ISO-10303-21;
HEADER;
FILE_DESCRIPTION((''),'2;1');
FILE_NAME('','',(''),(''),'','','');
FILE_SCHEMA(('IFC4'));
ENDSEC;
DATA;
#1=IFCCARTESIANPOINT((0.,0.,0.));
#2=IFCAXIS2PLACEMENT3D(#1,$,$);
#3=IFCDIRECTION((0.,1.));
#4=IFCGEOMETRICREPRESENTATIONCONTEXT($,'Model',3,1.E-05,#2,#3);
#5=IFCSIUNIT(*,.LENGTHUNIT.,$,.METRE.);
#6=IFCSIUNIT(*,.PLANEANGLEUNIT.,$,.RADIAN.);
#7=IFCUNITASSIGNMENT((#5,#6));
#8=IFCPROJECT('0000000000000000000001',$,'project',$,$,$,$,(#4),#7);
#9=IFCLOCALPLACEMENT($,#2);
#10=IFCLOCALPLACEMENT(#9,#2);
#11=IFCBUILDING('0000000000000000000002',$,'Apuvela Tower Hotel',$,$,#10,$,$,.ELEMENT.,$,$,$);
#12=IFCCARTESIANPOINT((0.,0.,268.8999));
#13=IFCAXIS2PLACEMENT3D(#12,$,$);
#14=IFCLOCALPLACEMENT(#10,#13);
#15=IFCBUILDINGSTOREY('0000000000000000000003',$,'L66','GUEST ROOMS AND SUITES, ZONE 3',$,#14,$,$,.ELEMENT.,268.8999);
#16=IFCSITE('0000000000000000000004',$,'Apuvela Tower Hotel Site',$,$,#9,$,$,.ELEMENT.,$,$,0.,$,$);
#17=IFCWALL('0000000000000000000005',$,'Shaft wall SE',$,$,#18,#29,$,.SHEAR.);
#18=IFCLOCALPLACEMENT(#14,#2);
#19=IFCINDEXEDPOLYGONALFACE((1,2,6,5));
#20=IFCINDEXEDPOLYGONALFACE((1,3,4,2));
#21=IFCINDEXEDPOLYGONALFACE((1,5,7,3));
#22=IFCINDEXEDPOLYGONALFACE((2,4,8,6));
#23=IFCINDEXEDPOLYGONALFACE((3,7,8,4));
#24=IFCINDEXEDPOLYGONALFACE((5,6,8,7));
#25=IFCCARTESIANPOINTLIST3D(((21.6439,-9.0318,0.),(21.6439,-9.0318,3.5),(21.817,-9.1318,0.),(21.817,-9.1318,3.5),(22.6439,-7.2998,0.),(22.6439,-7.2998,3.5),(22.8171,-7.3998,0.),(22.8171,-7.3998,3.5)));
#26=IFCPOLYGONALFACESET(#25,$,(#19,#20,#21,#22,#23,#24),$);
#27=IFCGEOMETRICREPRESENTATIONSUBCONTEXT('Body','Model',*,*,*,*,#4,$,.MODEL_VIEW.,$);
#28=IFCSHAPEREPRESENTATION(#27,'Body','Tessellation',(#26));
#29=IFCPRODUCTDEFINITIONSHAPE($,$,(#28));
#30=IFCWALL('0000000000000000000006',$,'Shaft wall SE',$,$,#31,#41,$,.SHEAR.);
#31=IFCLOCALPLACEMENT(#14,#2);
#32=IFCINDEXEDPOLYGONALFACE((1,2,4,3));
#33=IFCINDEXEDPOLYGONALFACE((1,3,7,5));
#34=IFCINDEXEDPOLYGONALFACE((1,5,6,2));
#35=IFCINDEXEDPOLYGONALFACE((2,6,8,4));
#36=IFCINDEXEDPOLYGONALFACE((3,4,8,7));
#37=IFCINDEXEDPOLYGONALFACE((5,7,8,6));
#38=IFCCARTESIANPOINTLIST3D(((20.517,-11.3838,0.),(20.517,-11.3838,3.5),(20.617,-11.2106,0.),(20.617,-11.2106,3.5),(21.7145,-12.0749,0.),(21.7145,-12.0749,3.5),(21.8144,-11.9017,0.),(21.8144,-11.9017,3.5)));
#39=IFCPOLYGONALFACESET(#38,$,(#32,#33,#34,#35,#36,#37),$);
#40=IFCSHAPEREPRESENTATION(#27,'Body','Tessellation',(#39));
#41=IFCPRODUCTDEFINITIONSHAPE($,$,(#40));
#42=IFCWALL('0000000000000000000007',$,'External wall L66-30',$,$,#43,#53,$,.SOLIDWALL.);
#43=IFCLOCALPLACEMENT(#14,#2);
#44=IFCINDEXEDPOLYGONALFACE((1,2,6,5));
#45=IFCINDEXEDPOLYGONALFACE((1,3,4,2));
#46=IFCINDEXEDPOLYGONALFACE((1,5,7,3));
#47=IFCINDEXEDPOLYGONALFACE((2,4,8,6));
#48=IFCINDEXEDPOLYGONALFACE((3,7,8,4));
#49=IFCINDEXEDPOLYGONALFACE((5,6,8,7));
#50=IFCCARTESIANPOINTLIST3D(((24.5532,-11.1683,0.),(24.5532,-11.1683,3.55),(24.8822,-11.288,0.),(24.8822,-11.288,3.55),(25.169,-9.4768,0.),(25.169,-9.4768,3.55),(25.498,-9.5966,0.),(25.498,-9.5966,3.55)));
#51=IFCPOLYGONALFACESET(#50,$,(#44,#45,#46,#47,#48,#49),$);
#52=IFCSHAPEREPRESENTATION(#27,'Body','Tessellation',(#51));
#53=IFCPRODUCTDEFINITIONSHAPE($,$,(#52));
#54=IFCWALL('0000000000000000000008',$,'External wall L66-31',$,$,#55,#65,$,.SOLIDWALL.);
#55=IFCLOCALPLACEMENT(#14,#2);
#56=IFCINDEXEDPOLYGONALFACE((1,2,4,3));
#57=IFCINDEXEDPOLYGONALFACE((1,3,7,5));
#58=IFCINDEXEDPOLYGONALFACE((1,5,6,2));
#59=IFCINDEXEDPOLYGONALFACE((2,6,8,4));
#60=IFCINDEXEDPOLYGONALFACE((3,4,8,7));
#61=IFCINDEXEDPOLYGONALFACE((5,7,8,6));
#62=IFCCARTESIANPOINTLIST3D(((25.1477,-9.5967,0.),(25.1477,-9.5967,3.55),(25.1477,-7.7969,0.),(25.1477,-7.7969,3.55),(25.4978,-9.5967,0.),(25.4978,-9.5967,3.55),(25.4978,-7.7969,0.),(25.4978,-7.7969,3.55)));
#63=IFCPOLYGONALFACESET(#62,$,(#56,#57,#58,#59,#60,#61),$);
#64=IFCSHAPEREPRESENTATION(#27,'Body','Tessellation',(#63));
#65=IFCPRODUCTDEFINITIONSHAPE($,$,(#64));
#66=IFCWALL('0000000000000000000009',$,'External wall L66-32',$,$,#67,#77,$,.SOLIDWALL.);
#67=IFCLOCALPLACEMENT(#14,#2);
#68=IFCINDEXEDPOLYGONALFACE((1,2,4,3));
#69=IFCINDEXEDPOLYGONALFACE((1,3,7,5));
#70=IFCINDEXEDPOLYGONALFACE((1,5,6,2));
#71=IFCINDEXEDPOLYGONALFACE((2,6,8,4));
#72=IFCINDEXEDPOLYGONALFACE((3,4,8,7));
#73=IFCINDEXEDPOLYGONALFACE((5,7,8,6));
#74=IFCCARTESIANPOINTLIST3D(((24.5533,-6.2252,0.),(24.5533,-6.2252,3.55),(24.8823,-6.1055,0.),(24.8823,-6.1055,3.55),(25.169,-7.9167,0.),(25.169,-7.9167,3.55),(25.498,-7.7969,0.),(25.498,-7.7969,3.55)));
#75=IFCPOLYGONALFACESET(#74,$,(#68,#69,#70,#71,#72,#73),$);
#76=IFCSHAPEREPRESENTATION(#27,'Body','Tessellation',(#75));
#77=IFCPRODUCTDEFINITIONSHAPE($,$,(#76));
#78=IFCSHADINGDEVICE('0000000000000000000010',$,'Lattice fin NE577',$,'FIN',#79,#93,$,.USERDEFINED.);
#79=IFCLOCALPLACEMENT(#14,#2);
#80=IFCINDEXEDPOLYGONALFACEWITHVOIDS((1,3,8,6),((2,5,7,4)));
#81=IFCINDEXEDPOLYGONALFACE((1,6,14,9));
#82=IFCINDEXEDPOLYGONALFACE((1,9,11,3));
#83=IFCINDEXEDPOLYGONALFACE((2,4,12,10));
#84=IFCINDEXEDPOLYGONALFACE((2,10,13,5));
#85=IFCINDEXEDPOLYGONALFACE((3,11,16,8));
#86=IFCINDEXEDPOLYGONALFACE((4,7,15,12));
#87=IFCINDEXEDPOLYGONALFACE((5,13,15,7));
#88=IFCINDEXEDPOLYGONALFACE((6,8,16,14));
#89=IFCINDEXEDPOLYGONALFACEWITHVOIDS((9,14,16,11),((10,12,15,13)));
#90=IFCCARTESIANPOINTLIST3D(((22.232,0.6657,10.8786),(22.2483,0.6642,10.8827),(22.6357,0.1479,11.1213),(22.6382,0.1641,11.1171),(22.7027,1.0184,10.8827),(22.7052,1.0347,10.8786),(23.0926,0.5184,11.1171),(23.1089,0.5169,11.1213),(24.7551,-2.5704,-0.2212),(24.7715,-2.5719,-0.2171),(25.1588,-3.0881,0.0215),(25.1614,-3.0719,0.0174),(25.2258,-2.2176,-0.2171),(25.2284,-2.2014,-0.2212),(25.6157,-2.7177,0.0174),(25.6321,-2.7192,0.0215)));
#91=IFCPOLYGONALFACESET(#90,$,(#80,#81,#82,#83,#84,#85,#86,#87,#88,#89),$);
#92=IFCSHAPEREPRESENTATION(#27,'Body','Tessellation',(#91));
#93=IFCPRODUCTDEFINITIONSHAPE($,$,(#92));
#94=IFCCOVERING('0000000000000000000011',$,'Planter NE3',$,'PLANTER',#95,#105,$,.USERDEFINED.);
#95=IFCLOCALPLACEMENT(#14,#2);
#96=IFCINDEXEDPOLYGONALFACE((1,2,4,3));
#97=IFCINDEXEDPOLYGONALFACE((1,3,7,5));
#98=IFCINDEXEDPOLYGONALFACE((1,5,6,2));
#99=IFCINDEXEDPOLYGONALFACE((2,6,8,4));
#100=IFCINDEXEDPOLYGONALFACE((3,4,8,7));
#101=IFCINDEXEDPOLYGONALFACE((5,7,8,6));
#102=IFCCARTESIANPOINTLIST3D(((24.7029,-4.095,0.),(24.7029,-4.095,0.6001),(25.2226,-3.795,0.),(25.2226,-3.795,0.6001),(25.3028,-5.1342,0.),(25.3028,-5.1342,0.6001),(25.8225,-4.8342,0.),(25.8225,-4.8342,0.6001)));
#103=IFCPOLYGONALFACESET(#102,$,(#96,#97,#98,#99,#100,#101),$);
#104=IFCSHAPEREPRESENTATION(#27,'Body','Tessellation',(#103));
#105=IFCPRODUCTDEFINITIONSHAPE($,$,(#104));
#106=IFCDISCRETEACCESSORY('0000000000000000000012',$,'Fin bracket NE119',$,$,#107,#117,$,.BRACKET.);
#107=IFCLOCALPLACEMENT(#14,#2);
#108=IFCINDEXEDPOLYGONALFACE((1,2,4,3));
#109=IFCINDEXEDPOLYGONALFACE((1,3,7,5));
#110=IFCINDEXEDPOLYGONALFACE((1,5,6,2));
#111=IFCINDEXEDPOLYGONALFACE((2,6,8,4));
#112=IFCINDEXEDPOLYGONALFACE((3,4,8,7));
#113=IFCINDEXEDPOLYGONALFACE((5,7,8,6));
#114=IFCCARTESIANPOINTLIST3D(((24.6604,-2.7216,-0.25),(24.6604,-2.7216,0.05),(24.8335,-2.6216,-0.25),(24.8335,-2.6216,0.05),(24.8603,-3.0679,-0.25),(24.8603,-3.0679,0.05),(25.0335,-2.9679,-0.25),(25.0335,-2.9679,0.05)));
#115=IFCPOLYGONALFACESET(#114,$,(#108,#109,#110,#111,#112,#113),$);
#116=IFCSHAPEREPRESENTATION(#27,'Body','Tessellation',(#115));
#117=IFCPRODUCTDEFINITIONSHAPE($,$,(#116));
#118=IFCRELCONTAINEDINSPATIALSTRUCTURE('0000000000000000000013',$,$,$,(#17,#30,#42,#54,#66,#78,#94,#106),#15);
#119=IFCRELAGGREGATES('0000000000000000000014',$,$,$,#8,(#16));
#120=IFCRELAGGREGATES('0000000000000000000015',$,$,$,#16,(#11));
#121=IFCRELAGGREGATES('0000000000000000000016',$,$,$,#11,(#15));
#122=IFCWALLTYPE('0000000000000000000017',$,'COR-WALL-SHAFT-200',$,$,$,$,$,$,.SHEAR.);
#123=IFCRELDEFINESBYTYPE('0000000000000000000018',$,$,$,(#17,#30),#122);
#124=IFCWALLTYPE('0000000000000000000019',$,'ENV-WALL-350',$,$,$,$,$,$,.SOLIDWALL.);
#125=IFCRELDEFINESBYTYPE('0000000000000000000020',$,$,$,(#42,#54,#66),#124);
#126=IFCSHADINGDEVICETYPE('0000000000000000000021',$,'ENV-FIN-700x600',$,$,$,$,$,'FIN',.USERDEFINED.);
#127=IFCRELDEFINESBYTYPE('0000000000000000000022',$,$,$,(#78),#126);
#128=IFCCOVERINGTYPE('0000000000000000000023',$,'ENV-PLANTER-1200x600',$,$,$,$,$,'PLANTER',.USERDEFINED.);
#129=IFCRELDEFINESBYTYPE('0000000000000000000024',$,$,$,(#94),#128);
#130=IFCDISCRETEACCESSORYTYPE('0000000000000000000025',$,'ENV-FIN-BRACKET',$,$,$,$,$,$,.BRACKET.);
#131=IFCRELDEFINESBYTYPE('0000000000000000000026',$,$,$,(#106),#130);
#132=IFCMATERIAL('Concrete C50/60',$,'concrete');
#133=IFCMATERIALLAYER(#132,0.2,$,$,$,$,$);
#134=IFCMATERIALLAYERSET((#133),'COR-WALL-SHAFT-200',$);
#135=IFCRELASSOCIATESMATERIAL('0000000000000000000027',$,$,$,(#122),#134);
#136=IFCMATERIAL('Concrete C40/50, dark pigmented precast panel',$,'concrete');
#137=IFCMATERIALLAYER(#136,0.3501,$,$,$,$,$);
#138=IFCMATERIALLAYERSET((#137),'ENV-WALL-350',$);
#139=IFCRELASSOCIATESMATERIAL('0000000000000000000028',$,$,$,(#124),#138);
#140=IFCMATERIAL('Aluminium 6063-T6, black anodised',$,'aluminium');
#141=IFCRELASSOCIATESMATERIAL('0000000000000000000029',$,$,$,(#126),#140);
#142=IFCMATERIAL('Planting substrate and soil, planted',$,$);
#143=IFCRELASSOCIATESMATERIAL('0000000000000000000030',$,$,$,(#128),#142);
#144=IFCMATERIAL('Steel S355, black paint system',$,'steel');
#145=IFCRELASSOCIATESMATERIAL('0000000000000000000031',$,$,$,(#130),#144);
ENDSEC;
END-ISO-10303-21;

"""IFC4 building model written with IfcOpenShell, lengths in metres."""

from ifc_helpers import new_model, si_unit, direction, frame, frame_2d, origin, origin_2d, place, context, subcontext, project, spatial, rectangle, hollow_rectangle, extrude, material, layer, layer_set, material_profile, profile_set, type_object, element, save


model = new_model("IFC4")

# Units and contexts
model_context = context("Model", 3, precision=1e-05, world=origin(), true_north=direction((0.0, 1.0)))
body_context = subcontext(model_context, "Body", "Model", "MODEL_VIEW")
ifc_project = project(units=[si_unit("LENGTHUNIT", "METRE"), si_unit("PLANEANGLEUNIT", "RADIAN")], contexts=[model_context])

# Site, building, storey
site_placement = place(None, origin())
site = spatial("IfcSite", under=ifc_project, at=site_placement, Name="Apuvela Tower Hotel Site", CompositionType="ELEMENT", RefElevation=0.0)
building_placement = place(site_placement, origin())
building = spatial("IfcBuilding", under=site, at=building_placement, Name="Apuvela Tower Hotel", CompositionType="ELEMENT")
storey_placement = place(building_placement, frame((0.0, 0.0, 268.8999)))
storey = spatial("IfcBuildingStorey", under=building, at=storey_placement, Name="L66", Description="GUEST ROOMS AND SUITES, ZONE 3", CompositionType="ELEMENT", Elevation=268.8999)

# Walls
ifc_material_1 = material(Name="Concrete C50/60", Category="concrete")
ifc_layer_1 = layer(ifc_material_1, 0.2)
ifc_layer_set_1 = layer_set([ifc_layer_1], Name="COR-WALL-SHAFT-200")
wall_type_1 = type_object("IfcWallType", Name="COR-WALL-SHAFT-200", PredefinedType="SHEAR", material=ifc_layer_set_1)
for number, where, z_axis, x_axis, name in (
    (1, (21.7305, -9.0818, 0.0), (0.0, 0.0, 1.0), (0.500025, 0.866011, 0.0), "Shaft wall SE"),
):
    element("IfcWall", number, at=place(storey_placement, frame(where, z_axis=z_axis, x_axis=x_axis)), inside=storey, type_object=wall_type_1, Name=name, PredefinedType="SHEAR", context=body_context, shape_type="SweptSolid", body=[
        extrude(rectangle(XDim=2.0, YDim=0.2, at=frame_2d((1.0, 0.0))), origin(), (0.0, 0.0, 1.0), 3.5),
    ])
wall_1_placement = place(storey_placement, frame((20.5669, -11.2971, 0.0), z_axis=(0.0, 0.0, 1.0), x_axis=(0.866094, -0.49988, 0.0)))
element("IfcWall", 2, at=wall_1_placement, inside=storey, type_object=wall_type_1, Name="Shaft wall SE", PredefinedType="SHEAR", context=body_context, shape_type="SweptSolid", body=[
    extrude(rectangle(XDim=1.3826, YDim=0.2, at=frame_2d((0.6914, 0.0))), origin(), (0.0, 0.0, 1.0), 3.5),
])
ifc_material_2 = material(Name="Concrete C40/50, dark pigmented precast panel", Category="concrete")
ifc_layer_2 = layer(ifc_material_2, 0.3501)
ifc_layer_set_2 = layer_set([ifc_layer_2], Name="ENV-WALL-350")
wall_type_2 = type_object("IfcWallType", Name="ENV-WALL-350", PredefinedType="SOLIDWALL", material=ifc_layer_set_2)
wall_2_placement = place(storey_placement, frame((24.7178, -11.228, 0.0), z_axis=(0.0, 0.0, 1.0), x_axis=(0.34207, 0.939675, 0.0)))
element("IfcWall", 3, at=wall_2_placement, inside=storey, type_object=wall_type_2, Name="External wall L66-30", PredefinedType="SOLIDWALL", context=body_context, shape_type="SweptSolid", body=[
    extrude(rectangle(XDim=1.8, YDim=0.3501, at=frame_2d((0.8999, 0.0))), origin(), (0.0, 0.0, 1.0), 3.55),
])
wall_3_placement = place(storey_placement, frame((25.3228, -9.5967, 0.0), z_axis=(0.0, 0.0, 1.0), x_axis=(0.0, 1.0, 0.0)))
element("IfcWall", 4, at=wall_3_placement, inside=storey, type_object=wall_type_2, Name="External wall L66-31", PredefinedType="SOLIDWALL", context=body_context, shape_type="SweptSolid", body=[
    extrude(rectangle(XDim=1.7998, YDim=0.3501, at=frame_2d((0.8999, 0.0))), origin(), (0.0, 0.0, 1.0), 3.55),
])
wall_4_placement = place(storey_placement, frame((25.3335, -7.8567, 0.0), z_axis=(0.0, 0.0, 1.0), x_axis=(-0.34207, 0.939675, 0.0)))
element("IfcWall", 5, at=wall_4_placement, inside=storey, type_object=wall_type_2, Name="External wall L66-32", PredefinedType="SOLIDWALL", context=body_context, shape_type="SweptSolid", body=[
    extrude(rectangle(XDim=1.8, YDim=0.3501, at=frame_2d((0.8999, 0.0))), origin(), (0.0, 0.0, 1.0), 3.55),
])

# Shading device
ifc_material_3 = material(Name="Aluminium 6063-T6, black anodised", Category="aluminium")
ifc_material_profile_1 = material_profile(ifc_material_3, hollow_rectangle(XDim=0.6001, YDim=0.7, WallThickness=0.012, at=origin_2d()), Name="AL BOX 700x600x12")
ifc_profile_set_1 = profile_set([ifc_material_profile_1], Name="Aluminium 6063-T6, black anodised")
shading_device_type = type_object("IfcShadingDeviceType", Name="ENV-FIN-700x600", ElementType="FIN", PredefinedType="USERDEFINED", material=ifc_profile_set_1)
shading_device_placement = place(storey_placement, frame((25.1936, -2.6448, -0.0999), z_axis=(-0.213214, 0.273455, 0.937956), x_axis=(-0.788615, -0.614888, 0.0)))
element("IfcShadingDevice", 6, at=shading_device_placement, inside=storey, type_object=shading_device_type, Name="Lattice fin NE577", ObjectType="FIN", PredefinedType="USERDEFINED", context=body_context, shape_type="SweptSolid", body=[
    extrude(hollow_rectangle(XDim=0.6001, YDim=0.7, WallThickness=0.012, at=origin_2d()), origin(), (0.0, 0.0, 1.0), 11.834),
])

# Covering
ifc_material_4 = material(Name="Planting substrate and soil, planted")
covering_type = type_object("IfcCoveringType", Name="ENV-PLANTER-1200x600", ElementType="PLANTER", PredefinedType="USERDEFINED", material=ifc_material_4)
covering_placement = place(storey_placement, frame((25.2627, -4.4646, 0.0), z_axis=(0.0, 0.0, 1.0), x_axis=(-0.5, 0.866025, 0.0)))
element("IfcCovering", 7, at=covering_placement, inside=storey, type_object=covering_type, Name="Planter NE3", ObjectType="PLANTER", PredefinedType="USERDEFINED", context=body_context, shape_type="SweptSolid", body=[
    extrude(rectangle(XDim=1.2, YDim=0.6001, at=origin_2d()), origin(), (0.0, 0.0, 1.0), 0.6001),
])

# Discrete accessory
ifc_material_5 = material(Name="Steel S355, black paint system", Category="steel")
discrete_accessory_type = type_object("IfcDiscreteAccessoryType", Name="ENV-FIN-BRACKET", PredefinedType="BRACKET", material=ifc_material_5)
discrete_accessory_placement = place(storey_placement, frame((24.8469, -2.8447, -0.25), z_axis=(0.0, 0.0, 1.0), x_axis=(-0.5, 0.866025, 0.0)))
element("IfcDiscreteAccessory", 8, at=discrete_accessory_placement, inside=storey, type_object=discrete_accessory_type, Name="Fin bracket NE119", PredefinedType="BRACKET", context=body_context, shape_type="SweptSolid", body=[
    extrude(rectangle(XDim=0.3999, YDim=0.2, at=origin_2d()), origin(), (0.0, 0.0, 1.0), 0.3),
])

save(model, "model.ifc")
